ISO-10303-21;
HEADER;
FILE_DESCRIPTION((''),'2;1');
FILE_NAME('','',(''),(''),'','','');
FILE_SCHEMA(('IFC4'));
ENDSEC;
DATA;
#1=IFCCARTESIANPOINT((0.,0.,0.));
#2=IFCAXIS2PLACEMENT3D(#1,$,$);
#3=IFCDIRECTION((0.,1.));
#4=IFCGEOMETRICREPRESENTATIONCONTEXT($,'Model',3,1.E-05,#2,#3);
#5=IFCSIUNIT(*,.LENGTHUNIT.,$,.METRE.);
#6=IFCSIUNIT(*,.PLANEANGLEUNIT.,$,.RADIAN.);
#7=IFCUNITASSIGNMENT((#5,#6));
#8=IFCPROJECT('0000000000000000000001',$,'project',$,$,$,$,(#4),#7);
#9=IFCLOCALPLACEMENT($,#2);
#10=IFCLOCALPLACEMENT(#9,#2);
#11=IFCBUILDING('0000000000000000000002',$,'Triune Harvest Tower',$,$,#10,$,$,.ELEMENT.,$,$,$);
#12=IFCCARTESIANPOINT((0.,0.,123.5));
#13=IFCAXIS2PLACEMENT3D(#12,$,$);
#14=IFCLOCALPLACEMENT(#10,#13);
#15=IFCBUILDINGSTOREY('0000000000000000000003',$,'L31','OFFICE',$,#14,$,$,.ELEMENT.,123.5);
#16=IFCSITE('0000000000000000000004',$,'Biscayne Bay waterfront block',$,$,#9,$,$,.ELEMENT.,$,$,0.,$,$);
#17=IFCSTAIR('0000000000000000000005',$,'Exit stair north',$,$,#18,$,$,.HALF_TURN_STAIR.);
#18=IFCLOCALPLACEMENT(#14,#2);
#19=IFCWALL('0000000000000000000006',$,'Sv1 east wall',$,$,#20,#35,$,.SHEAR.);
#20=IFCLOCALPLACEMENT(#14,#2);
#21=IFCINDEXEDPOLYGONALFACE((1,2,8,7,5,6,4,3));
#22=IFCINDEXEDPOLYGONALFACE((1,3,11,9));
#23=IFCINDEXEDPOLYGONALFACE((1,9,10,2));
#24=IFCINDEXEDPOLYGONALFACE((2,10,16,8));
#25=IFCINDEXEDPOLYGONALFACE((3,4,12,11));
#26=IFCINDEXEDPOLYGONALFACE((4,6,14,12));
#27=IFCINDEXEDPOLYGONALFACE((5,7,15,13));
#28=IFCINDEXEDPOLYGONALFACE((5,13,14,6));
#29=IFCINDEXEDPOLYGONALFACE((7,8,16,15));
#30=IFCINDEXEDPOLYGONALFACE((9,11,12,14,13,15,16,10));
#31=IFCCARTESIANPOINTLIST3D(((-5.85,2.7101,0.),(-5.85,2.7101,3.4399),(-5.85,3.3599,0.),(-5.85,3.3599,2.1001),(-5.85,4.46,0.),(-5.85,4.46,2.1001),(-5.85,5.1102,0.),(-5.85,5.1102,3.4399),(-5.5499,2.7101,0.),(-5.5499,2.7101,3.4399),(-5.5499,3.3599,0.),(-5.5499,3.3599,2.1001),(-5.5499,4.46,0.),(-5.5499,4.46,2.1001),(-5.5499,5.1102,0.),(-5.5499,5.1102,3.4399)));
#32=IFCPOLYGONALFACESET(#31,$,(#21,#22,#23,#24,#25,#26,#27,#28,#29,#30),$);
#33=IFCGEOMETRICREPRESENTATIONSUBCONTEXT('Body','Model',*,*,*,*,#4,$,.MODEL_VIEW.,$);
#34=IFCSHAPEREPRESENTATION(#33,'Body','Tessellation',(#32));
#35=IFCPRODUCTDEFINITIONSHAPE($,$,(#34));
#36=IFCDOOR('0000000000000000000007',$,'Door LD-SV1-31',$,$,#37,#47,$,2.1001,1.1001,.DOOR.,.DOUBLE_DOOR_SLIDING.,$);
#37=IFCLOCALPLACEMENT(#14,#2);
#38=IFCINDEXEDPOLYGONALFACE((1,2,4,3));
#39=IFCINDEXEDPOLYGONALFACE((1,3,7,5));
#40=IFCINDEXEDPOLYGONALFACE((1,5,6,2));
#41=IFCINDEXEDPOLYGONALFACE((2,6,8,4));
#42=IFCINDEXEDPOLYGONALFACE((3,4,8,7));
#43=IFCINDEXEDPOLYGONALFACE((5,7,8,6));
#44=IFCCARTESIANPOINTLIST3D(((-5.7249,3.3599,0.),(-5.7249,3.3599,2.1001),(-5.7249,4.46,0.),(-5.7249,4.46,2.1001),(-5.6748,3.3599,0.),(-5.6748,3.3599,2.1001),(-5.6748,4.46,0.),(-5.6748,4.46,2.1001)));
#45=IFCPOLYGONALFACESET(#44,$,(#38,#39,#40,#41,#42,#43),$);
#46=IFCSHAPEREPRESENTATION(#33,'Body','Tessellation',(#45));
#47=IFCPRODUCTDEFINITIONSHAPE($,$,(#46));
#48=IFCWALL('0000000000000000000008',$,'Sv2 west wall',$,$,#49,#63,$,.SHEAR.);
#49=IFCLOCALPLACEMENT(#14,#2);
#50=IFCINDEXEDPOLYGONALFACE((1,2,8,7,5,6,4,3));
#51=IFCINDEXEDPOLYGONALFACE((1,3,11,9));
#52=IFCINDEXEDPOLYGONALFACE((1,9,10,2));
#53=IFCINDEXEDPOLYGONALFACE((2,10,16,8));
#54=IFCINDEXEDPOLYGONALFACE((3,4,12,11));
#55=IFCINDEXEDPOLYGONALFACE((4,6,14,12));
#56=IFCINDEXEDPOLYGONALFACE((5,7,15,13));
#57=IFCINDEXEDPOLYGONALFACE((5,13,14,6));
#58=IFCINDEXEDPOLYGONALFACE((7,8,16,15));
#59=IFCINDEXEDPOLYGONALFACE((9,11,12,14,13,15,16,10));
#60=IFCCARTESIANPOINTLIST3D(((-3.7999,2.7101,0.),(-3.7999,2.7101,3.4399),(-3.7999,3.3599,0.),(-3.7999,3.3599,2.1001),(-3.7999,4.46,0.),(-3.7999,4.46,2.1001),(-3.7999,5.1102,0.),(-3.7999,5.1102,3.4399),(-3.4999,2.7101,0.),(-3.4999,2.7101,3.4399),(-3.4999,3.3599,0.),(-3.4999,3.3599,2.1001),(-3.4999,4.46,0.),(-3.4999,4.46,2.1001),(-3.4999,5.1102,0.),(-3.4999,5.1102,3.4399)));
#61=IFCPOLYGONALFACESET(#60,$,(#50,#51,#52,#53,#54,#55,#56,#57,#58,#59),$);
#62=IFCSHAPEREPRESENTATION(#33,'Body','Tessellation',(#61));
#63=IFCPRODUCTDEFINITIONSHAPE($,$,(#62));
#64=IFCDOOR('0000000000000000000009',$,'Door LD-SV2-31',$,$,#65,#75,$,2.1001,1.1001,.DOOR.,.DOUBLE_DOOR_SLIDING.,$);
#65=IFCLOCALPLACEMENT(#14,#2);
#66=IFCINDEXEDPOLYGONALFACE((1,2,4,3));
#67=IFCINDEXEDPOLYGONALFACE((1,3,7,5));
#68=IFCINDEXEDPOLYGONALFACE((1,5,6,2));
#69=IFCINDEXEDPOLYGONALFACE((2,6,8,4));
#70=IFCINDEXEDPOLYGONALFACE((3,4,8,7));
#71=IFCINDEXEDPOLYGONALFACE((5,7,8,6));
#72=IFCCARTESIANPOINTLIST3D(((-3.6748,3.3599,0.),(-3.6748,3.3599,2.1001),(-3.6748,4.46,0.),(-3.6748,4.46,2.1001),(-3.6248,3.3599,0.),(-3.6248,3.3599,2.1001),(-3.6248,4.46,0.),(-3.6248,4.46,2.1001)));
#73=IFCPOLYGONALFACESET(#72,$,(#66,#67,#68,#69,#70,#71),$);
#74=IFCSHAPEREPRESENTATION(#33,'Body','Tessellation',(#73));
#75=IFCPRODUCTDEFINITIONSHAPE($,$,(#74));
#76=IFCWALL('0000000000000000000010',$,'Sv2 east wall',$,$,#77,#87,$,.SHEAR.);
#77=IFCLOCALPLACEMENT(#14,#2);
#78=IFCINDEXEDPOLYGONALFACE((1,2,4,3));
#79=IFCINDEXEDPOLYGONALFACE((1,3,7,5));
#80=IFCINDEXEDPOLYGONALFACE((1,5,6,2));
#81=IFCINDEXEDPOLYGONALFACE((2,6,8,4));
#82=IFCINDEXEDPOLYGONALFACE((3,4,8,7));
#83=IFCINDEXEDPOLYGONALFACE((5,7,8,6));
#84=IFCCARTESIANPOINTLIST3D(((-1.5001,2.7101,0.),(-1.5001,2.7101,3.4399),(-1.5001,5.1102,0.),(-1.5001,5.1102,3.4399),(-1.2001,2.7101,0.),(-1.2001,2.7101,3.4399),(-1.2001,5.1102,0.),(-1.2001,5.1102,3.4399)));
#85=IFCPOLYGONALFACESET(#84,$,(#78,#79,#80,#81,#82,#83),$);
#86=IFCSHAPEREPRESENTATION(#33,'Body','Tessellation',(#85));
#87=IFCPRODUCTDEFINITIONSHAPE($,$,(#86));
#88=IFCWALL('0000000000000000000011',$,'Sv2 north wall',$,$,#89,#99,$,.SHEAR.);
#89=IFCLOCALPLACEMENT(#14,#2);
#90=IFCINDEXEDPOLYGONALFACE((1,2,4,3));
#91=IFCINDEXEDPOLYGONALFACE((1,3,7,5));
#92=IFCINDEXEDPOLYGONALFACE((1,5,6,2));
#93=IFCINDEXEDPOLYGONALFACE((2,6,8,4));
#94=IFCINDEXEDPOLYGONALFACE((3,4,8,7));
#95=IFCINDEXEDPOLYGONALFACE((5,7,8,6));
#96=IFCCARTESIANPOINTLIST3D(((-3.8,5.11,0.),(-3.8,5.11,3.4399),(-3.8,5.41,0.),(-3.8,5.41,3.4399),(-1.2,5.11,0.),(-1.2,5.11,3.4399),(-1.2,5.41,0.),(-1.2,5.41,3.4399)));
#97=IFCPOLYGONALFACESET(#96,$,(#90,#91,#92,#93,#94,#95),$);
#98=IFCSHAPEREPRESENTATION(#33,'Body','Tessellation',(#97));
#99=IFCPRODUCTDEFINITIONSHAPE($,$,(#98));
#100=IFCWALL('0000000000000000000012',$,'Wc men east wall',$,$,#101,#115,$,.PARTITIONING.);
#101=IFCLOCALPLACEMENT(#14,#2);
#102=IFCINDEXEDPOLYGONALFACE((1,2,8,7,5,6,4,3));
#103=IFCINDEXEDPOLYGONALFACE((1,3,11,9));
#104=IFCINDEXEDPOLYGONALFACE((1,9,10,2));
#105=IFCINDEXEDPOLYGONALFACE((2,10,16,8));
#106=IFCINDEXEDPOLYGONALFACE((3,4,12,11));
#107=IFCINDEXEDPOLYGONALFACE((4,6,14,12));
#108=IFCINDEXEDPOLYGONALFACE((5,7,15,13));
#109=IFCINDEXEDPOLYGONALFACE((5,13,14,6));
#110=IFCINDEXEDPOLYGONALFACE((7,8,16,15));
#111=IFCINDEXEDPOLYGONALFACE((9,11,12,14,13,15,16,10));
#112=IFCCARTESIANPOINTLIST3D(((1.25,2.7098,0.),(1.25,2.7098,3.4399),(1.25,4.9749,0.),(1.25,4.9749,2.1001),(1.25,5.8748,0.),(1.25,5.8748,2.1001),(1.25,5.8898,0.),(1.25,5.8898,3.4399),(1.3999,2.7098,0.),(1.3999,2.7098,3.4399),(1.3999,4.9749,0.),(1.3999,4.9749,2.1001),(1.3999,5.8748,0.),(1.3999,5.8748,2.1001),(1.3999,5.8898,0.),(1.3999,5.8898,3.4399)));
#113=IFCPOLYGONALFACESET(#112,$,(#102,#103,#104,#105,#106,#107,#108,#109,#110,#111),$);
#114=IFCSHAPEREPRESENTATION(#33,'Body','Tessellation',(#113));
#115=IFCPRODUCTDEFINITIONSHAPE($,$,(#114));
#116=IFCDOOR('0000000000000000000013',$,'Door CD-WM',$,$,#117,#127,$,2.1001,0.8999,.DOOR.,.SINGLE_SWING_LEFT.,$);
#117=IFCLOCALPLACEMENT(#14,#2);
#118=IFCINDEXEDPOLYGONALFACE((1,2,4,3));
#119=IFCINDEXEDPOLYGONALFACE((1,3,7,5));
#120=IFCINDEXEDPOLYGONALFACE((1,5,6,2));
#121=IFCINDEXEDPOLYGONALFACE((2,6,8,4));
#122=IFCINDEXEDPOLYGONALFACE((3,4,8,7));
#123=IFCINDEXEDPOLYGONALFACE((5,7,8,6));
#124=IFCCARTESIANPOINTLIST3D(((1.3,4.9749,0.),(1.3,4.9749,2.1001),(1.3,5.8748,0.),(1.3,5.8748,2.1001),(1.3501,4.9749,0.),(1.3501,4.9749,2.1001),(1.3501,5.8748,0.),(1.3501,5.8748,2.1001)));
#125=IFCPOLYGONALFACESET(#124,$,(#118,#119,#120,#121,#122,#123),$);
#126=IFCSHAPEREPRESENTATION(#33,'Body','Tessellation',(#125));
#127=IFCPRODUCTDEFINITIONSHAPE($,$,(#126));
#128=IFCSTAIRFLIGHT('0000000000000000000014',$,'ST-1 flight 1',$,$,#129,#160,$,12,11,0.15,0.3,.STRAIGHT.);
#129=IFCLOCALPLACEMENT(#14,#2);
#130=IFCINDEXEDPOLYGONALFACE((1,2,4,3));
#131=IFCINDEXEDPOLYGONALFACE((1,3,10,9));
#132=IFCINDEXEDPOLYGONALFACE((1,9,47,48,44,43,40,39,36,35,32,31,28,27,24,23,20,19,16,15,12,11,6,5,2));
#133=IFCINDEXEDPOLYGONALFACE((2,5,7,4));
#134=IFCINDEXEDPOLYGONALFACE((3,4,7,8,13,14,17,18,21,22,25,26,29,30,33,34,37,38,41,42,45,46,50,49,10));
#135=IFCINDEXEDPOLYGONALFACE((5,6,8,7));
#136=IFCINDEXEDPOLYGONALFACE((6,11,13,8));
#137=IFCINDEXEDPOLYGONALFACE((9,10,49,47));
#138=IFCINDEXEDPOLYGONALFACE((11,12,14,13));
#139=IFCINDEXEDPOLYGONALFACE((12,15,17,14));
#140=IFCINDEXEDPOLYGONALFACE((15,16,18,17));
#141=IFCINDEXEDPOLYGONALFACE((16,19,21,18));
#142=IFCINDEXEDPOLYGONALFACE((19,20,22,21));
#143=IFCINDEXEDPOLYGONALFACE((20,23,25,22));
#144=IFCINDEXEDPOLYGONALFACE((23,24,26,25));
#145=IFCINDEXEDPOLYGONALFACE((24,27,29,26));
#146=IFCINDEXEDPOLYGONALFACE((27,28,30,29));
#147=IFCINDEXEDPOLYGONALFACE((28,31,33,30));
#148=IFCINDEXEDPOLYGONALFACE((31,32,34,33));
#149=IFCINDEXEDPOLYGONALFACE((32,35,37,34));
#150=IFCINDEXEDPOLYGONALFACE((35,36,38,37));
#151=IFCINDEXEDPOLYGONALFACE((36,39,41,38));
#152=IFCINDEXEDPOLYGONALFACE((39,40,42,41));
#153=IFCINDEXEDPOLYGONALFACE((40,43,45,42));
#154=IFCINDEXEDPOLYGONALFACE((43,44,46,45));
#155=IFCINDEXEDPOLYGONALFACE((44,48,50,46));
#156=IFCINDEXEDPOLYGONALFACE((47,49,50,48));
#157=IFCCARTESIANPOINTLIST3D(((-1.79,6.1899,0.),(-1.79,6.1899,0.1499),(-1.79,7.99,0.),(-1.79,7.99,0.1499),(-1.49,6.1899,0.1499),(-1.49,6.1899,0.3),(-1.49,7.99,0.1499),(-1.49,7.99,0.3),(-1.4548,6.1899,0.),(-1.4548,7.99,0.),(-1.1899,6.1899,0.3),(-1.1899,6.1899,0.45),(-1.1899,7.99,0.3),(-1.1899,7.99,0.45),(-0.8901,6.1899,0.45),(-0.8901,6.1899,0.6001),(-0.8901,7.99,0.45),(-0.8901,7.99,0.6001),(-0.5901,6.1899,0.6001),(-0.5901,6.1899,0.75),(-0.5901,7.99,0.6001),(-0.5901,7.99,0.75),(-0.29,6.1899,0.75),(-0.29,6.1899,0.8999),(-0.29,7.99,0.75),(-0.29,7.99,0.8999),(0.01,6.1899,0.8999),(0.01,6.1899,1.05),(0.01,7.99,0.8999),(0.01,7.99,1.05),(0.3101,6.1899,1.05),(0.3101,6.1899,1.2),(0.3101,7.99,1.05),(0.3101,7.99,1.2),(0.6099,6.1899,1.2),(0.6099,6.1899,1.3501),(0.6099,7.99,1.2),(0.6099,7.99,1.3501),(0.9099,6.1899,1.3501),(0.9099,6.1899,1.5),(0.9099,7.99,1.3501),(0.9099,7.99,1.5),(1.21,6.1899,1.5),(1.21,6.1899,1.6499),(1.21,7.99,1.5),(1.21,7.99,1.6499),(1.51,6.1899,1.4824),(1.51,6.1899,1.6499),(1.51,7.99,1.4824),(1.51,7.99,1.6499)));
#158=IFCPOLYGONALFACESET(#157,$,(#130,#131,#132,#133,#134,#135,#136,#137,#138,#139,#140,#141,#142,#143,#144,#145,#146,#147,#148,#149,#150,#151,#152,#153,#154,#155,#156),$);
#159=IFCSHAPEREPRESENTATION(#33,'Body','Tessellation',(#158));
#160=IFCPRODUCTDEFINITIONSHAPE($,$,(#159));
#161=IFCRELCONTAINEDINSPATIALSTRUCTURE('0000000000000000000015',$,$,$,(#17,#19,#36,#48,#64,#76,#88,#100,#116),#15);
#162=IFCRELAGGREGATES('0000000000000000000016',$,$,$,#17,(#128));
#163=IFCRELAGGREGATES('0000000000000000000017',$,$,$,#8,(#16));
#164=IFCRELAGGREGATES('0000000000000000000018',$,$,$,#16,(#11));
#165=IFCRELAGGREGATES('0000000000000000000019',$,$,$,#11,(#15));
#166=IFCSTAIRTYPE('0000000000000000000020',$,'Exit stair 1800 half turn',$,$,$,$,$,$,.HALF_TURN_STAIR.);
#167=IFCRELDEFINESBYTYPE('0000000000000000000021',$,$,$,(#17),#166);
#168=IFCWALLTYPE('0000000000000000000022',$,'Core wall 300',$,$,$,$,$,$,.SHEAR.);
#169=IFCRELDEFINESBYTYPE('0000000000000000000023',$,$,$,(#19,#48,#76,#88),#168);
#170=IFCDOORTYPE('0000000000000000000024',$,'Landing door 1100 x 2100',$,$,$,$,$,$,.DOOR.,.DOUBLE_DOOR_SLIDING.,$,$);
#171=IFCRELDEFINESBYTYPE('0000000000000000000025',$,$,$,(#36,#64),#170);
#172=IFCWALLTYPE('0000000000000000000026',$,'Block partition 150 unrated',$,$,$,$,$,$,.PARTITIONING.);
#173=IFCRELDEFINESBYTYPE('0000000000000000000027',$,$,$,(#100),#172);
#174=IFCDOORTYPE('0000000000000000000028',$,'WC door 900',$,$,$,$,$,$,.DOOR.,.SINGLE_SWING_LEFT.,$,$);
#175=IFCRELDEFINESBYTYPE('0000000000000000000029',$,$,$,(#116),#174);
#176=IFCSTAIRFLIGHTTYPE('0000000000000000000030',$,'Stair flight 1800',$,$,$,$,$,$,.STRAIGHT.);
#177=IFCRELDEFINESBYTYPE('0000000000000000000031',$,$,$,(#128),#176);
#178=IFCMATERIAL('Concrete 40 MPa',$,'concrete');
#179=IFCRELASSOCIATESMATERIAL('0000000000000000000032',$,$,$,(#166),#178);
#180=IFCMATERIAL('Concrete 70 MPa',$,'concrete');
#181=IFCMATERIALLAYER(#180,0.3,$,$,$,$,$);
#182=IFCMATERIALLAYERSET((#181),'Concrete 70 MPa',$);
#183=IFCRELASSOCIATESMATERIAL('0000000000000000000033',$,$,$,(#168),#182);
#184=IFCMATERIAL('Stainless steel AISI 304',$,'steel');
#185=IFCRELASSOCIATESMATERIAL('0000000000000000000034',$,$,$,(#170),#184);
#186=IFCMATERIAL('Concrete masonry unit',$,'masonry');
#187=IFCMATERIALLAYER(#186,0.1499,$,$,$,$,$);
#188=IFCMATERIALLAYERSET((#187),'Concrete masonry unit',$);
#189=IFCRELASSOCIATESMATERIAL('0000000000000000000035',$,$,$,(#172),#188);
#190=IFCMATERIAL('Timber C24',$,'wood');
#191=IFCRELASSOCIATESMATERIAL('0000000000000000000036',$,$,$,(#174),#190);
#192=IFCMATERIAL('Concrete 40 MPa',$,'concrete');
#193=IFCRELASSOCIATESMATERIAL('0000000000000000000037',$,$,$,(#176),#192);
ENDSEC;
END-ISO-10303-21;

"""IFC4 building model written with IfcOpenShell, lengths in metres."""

from ifc_helpers import new_model, si_unit, direction, frame, frame_2d, origin, place, context, subcontext, project, spatial, polyline, rectangle, outline, extrude, source, transform, mapped, material, layer, layer_set, type_object, element, fill, aggregate, save


model = new_model("IFC4")

# Units and contexts
model_context = context("Model", 3, precision=1e-05, world=origin(), true_north=direction((0.0, 1.0)))
body_context = subcontext(model_context, "Body", "Model", "MODEL_VIEW")
ifc_project = project(units=[si_unit("LENGTHUNIT", "METRE"), si_unit("PLANEANGLEUNIT", "RADIAN")], contexts=[model_context])

# Site, building, storey
site_placement = place(None, origin())
site = spatial("IfcSite", under=ifc_project, at=site_placement, Name="Biscayne Bay waterfront block", CompositionType="ELEMENT", RefElevation=0.0)
building_placement = place(site_placement, origin())
building = spatial("IfcBuilding", under=site, at=building_placement, Name="Triune Harvest Tower", CompositionType="ELEMENT")
storey_placement = place(building_placement, frame((0.0, 0.0, 123.5)))
storey = spatial("IfcBuildingStorey", under=building, at=storey_placement, Name="L31", Description="OFFICE", CompositionType="ELEMENT", Elevation=123.5)

# Stair
ifc_material_1 = material(Name="Concrete 40 MPa", Category="concrete")
stair_type = type_object("IfcStairType", Name="Exit stair 1800 half turn", PredefinedType="HALF_TURN_STAIR", material=ifc_material_1)
stair_1_placement = place(storey_placement, origin())
stair_1 = element("IfcStair", 1, at=stair_1_placement, inside=storey, type_object=stair_type, Name="Exit stair north", PredefinedType="HALF_TURN_STAIR")

# Shared definitions
ifc_material_2 = material(Name="Concrete 70 MPa", Category="concrete")
ifc_layer_1 = layer(ifc_material_2, 0.3)
ifc_layer_set_1 = layer_set([ifc_layer_1], Name="Concrete 70 MPa")
wall_type_1 = type_object("IfcWallType", Name="Core wall 300", PredefinedType="SHEAR", material=ifc_layer_set_1)

# Shared definitions
shared_shape_1 = source(origin(), body_context, "Body", "SweptSolid", [
    extrude(rectangle(XDim=2.4001, YDim=0.3, at=frame_2d((1.2002, 0.0))), origin(), (0.0, 0.0, 1.0), 3.4399),
])

# Walls, openings, doors
wall_1_placement = place(storey_placement, frame((-5.7, 2.71, 0.0), z_axis=(0.0, 0.0, 1.0), x_axis=(0.0, 1.0, 0.0)))
wall_1 = element("IfcWall", 2, at=wall_1_placement, inside=storey, type_object=wall_type_1, Name="Sv1 east wall", PredefinedType="SHEAR", context=body_context, shape_type="MappedRepresentation", body=[
    mapped(shared_shape_1, transform((0.0, 0.0, 0.0), scale=1.0)),
])
opening_1_placement = place(wall_1_placement, frame((0.6499, 0.0, 0.0)))
opening_1 = element("IfcOpeningElement", 3, at=opening_1_placement, cuts=wall_1, PredefinedType="OPENING", context=body_context, shape_type="SweptSolid", body=[
    extrude(rectangle(XDim=1.1001, YDim=2.1001, at=frame_2d((0.55, 1.05))), frame((0.0, 0.1602, 0.0), z_axis=(0.0, -1.0, 0.0), x_axis=(1.0, 0.0, 0.0)), (0.0, 0.0, 1.0), 0.3201),
])
ifc_material_3 = material(Name="Stainless steel AISI 304", Category="steel")
door_type_1 = type_object("IfcDoorType", Name="Landing door 1100 x 2100", OperationType="DOUBLE_DOOR_SLIDING", PredefinedType="DOOR", material=ifc_material_3)
door_1_placement = place(opening_1_placement, origin())
door_1 = element("IfcDoor", 4, at=door_1_placement, inside=storey, type_object=door_type_1, Name="Door LD-SV1-31", OperationType="DOUBLE_DOOR_SLIDING", OverallHeight=2.1001, OverallWidth=1.1001, PredefinedType="DOOR", context=body_context, shape_type="SweptSolid", body=[
    extrude(rectangle(XDim=1.1001, YDim=2.1001, at=frame_2d((0.55, 1.05))), frame((0.0, 0.0249, 0.0), z_axis=(0.0, -1.0, 0.0), x_axis=(1.0, 0.0, 0.0)), (0.0, 0.0, 1.0), 0.05),
])
fill(opening_1, door_1)
wall_2_placement = place(storey_placement, frame((-3.6499, 2.71, 0.0), z_axis=(0.0, 0.0, 1.0), x_axis=(0.0, 1.0, 0.0)))
wall_2 = element("IfcWall", 5, at=wall_2_placement, inside=storey, type_object=wall_type_1, Name="Sv2 west wall", PredefinedType="SHEAR", context=body_context, shape_type="MappedRepresentation", body=[
    mapped(shared_shape_1, transform((0.0, 0.0, 0.0), scale=1.0)),
])
opening_2_placement = place(wall_2_placement, frame((0.6499, 0.0, 0.0)))
opening_2 = element("IfcOpeningElement", 6, at=opening_2_placement, cuts=wall_2, PredefinedType="OPENING", context=body_context, shape_type="SweptSolid", body=[
    extrude(rectangle(XDim=1.1001, YDim=2.1001, at=frame_2d((0.55, 1.05))), frame((0.0, 0.1602, 0.0), z_axis=(0.0, -1.0, 0.0), x_axis=(1.0, 0.0, 0.0)), (0.0, 0.0, 1.0), 0.3201),
])
door_2_placement = place(opening_2_placement, origin())
door_2 = element("IfcDoor", 7, at=door_2_placement, inside=storey, type_object=door_type_1, Name="Door LD-SV2-31", OperationType="DOUBLE_DOOR_SLIDING", OverallHeight=2.1001, OverallWidth=1.1001, PredefinedType="DOOR", context=body_context, shape_type="SweptSolid", body=[
    extrude(rectangle(XDim=1.1001, YDim=2.1001, at=frame_2d((0.55, 1.05))), frame((0.0, 0.0249, 0.0), z_axis=(0.0, -1.0, 0.0), x_axis=(1.0, 0.0, 0.0)), (0.0, 0.0, 1.0), 0.05),
])
fill(opening_2, door_2)

# Walls
wall_3_placement = place(storey_placement, frame((-1.3501, 2.71, 0.0), z_axis=(0.0, 0.0, 1.0), x_axis=(0.0, 1.0, 0.0)))
element("IfcWall", 8, at=wall_3_placement, inside=storey, type_object=wall_type_1, Name="Sv2 east wall", PredefinedType="SHEAR", context=body_context, shape_type="MappedRepresentation", body=[
    mapped(shared_shape_1, transform((0.0, 0.0, 0.0), scale=1.0)),
])
shared_shape_2 = source(origin(), body_context, "Body", "SweptSolid", [
    extrude(rectangle(XDim=2.6001, YDim=0.3, at=frame_2d((1.3, 0.0))), origin(), (0.0, 0.0, 1.0), 3.4399),
])
wall_4_placement = place(storey_placement, frame((-3.8, 5.26, 0.0), z_axis=(0.0, 0.0, 1.0), x_axis=(1.0, 0.0, 0.0)))
element("IfcWall", 9, at=wall_4_placement, inside=storey, type_object=wall_type_1, Name="Sv2 north wall", PredefinedType="SHEAR", context=body_context, shape_type="MappedRepresentation", body=[
    mapped(shared_shape_2, transform((0.0, 0.0, 0.0), scale=1.0)),
])

# Wall, opening, door
ifc_material_4 = material(Name="Concrete masonry unit", Category="masonry")
ifc_layer_2 = layer(ifc_material_4, 0.1499)
ifc_layer_set_2 = layer_set([ifc_layer_2], Name="Concrete masonry unit")
wall_type_2 = type_object("IfcWallType", Name="Block partition 150 unrated", PredefinedType="PARTITIONING", material=ifc_layer_set_2)
shared_shape_3 = source(origin(), body_context, "Body", "SweptSolid", [
    extrude(rectangle(XDim=3.1799, YDim=0.1499, at=frame_2d((1.5898, 0.0))), origin(), (0.0, 0.0, 1.0), 3.4399),
])
wall_5_placement = place(storey_placement, frame((1.325, 2.71, 0.0), z_axis=(0.0, 0.0, 1.0), x_axis=(0.0, 1.0, 0.0)))
wall_5 = element("IfcWall", 10, at=wall_5_placement, inside=storey, type_object=wall_type_2, Name="Wc men east wall", PredefinedType="PARTITIONING", context=body_context, shape_type="MappedRepresentation", body=[
    mapped(shared_shape_3, transform((0.0, 0.0, 0.0), scale=1.0)),
])
opening_3_placement = place(wall_5_placement, frame((2.2649, 0.0, 0.0)))
opening_3 = element("IfcOpeningElement", 11, at=opening_3_placement, cuts=wall_5, PredefinedType="OPENING", context=body_context, shape_type="SweptSolid", body=[
    extrude(rectangle(XDim=0.8999, YDim=2.1001, at=frame_2d((0.45, 1.05))), frame((0.0, 0.085, 0.0), z_axis=(0.0, -1.0, 0.0), x_axis=(1.0, 0.0, 0.0)), (0.0, 0.0, 1.0), 0.1699),
])
ifc_material_5 = material(Name="Timber C24", Category="wood")
door_type_2 = type_object("IfcDoorType", Name="WC door 900", OperationType="SINGLE_SWING_LEFT", PredefinedType="DOOR", material=ifc_material_5)
door_3_placement = place(opening_3_placement, origin())
door_3 = element("IfcDoor", 12, at=door_3_placement, inside=storey, type_object=door_type_2, Name="Door CD-WM", OperationType="SINGLE_SWING_LEFT", OverallHeight=2.1001, OverallWidth=0.8999, PredefinedType="DOOR", context=body_context, shape_type="SweptSolid", body=[
    extrude(rectangle(XDim=0.8999, YDim=2.1001, at=frame_2d((0.45, 1.05))), frame((0.0, 0.0249, 0.0), z_axis=(0.0, -1.0, 0.0), x_axis=(1.0, 0.0, 0.0)), (0.0, 0.0, 1.0), 0.05),
])
fill(opening_3, door_3)

# Stair flight
ifc_material_6 = material(Name="Concrete 40 MPa", Category="concrete")
stair_flight_type = type_object("IfcStairFlightType", Name="Stair flight 1800", PredefinedType="STRAIGHT", material=ifc_material_6)
shared_shape_4 = source(origin(), body_context, "Body", "SweptSolid", [
    extrude(outline(polyline([(0.0, 0.0), (0.0, 0.1499), (0.3, 0.1499), (0.3, 0.3), (0.6001, 0.3), (0.6001, 0.45), (0.8999, 0.45), (0.8999, 0.6001), (1.2, 0.6001), (1.2, 0.75), (1.5, 0.75), (1.5, 0.8999), (1.8, 0.8999), (1.8, 1.05), (2.1001, 1.05), (2.1001, 1.2), (2.3999, 1.2), (2.3999, 1.3501), (2.7, 1.3501), (2.7, 1.5), (3.0, 1.5), (3.0, 1.6499), (3.3, 1.6499), (3.3, 1.8), (3.3, 1.4824), (0.3352, 0.0), (0.0, 0.0)])), frame((0.0, 0.8999, 0.0), z_axis=(0.0, -1.0, 0.0), x_axis=(1.0, 0.0, 0.0)), (0.0, 0.0, 1.0), 1.8),
])
stair_flight_placement = place(storey_placement, frame((-1.79, 7.0901, 0.0), z_axis=(0.0, 0.0, 1.0), x_axis=(1.0, 0.0, 0.0)))
stair_flight = element("IfcStairFlight", 13, at=stair_flight_placement, type_object=stair_flight_type, Name="ST-1 flight 1", NumberOfRisers=12, NumberOfTreads=11, PredefinedType="STRAIGHT", RiserHeight=0.15, TreadLength=0.3, context=body_context, shape_type="MappedRepresentation", body=[
    mapped(shared_shape_4, transform((0.0, 0.0, 0.0), scale=1.0)),
])
aggregate(stair_1, [stair_flight])

save(model, "model.ifc")
